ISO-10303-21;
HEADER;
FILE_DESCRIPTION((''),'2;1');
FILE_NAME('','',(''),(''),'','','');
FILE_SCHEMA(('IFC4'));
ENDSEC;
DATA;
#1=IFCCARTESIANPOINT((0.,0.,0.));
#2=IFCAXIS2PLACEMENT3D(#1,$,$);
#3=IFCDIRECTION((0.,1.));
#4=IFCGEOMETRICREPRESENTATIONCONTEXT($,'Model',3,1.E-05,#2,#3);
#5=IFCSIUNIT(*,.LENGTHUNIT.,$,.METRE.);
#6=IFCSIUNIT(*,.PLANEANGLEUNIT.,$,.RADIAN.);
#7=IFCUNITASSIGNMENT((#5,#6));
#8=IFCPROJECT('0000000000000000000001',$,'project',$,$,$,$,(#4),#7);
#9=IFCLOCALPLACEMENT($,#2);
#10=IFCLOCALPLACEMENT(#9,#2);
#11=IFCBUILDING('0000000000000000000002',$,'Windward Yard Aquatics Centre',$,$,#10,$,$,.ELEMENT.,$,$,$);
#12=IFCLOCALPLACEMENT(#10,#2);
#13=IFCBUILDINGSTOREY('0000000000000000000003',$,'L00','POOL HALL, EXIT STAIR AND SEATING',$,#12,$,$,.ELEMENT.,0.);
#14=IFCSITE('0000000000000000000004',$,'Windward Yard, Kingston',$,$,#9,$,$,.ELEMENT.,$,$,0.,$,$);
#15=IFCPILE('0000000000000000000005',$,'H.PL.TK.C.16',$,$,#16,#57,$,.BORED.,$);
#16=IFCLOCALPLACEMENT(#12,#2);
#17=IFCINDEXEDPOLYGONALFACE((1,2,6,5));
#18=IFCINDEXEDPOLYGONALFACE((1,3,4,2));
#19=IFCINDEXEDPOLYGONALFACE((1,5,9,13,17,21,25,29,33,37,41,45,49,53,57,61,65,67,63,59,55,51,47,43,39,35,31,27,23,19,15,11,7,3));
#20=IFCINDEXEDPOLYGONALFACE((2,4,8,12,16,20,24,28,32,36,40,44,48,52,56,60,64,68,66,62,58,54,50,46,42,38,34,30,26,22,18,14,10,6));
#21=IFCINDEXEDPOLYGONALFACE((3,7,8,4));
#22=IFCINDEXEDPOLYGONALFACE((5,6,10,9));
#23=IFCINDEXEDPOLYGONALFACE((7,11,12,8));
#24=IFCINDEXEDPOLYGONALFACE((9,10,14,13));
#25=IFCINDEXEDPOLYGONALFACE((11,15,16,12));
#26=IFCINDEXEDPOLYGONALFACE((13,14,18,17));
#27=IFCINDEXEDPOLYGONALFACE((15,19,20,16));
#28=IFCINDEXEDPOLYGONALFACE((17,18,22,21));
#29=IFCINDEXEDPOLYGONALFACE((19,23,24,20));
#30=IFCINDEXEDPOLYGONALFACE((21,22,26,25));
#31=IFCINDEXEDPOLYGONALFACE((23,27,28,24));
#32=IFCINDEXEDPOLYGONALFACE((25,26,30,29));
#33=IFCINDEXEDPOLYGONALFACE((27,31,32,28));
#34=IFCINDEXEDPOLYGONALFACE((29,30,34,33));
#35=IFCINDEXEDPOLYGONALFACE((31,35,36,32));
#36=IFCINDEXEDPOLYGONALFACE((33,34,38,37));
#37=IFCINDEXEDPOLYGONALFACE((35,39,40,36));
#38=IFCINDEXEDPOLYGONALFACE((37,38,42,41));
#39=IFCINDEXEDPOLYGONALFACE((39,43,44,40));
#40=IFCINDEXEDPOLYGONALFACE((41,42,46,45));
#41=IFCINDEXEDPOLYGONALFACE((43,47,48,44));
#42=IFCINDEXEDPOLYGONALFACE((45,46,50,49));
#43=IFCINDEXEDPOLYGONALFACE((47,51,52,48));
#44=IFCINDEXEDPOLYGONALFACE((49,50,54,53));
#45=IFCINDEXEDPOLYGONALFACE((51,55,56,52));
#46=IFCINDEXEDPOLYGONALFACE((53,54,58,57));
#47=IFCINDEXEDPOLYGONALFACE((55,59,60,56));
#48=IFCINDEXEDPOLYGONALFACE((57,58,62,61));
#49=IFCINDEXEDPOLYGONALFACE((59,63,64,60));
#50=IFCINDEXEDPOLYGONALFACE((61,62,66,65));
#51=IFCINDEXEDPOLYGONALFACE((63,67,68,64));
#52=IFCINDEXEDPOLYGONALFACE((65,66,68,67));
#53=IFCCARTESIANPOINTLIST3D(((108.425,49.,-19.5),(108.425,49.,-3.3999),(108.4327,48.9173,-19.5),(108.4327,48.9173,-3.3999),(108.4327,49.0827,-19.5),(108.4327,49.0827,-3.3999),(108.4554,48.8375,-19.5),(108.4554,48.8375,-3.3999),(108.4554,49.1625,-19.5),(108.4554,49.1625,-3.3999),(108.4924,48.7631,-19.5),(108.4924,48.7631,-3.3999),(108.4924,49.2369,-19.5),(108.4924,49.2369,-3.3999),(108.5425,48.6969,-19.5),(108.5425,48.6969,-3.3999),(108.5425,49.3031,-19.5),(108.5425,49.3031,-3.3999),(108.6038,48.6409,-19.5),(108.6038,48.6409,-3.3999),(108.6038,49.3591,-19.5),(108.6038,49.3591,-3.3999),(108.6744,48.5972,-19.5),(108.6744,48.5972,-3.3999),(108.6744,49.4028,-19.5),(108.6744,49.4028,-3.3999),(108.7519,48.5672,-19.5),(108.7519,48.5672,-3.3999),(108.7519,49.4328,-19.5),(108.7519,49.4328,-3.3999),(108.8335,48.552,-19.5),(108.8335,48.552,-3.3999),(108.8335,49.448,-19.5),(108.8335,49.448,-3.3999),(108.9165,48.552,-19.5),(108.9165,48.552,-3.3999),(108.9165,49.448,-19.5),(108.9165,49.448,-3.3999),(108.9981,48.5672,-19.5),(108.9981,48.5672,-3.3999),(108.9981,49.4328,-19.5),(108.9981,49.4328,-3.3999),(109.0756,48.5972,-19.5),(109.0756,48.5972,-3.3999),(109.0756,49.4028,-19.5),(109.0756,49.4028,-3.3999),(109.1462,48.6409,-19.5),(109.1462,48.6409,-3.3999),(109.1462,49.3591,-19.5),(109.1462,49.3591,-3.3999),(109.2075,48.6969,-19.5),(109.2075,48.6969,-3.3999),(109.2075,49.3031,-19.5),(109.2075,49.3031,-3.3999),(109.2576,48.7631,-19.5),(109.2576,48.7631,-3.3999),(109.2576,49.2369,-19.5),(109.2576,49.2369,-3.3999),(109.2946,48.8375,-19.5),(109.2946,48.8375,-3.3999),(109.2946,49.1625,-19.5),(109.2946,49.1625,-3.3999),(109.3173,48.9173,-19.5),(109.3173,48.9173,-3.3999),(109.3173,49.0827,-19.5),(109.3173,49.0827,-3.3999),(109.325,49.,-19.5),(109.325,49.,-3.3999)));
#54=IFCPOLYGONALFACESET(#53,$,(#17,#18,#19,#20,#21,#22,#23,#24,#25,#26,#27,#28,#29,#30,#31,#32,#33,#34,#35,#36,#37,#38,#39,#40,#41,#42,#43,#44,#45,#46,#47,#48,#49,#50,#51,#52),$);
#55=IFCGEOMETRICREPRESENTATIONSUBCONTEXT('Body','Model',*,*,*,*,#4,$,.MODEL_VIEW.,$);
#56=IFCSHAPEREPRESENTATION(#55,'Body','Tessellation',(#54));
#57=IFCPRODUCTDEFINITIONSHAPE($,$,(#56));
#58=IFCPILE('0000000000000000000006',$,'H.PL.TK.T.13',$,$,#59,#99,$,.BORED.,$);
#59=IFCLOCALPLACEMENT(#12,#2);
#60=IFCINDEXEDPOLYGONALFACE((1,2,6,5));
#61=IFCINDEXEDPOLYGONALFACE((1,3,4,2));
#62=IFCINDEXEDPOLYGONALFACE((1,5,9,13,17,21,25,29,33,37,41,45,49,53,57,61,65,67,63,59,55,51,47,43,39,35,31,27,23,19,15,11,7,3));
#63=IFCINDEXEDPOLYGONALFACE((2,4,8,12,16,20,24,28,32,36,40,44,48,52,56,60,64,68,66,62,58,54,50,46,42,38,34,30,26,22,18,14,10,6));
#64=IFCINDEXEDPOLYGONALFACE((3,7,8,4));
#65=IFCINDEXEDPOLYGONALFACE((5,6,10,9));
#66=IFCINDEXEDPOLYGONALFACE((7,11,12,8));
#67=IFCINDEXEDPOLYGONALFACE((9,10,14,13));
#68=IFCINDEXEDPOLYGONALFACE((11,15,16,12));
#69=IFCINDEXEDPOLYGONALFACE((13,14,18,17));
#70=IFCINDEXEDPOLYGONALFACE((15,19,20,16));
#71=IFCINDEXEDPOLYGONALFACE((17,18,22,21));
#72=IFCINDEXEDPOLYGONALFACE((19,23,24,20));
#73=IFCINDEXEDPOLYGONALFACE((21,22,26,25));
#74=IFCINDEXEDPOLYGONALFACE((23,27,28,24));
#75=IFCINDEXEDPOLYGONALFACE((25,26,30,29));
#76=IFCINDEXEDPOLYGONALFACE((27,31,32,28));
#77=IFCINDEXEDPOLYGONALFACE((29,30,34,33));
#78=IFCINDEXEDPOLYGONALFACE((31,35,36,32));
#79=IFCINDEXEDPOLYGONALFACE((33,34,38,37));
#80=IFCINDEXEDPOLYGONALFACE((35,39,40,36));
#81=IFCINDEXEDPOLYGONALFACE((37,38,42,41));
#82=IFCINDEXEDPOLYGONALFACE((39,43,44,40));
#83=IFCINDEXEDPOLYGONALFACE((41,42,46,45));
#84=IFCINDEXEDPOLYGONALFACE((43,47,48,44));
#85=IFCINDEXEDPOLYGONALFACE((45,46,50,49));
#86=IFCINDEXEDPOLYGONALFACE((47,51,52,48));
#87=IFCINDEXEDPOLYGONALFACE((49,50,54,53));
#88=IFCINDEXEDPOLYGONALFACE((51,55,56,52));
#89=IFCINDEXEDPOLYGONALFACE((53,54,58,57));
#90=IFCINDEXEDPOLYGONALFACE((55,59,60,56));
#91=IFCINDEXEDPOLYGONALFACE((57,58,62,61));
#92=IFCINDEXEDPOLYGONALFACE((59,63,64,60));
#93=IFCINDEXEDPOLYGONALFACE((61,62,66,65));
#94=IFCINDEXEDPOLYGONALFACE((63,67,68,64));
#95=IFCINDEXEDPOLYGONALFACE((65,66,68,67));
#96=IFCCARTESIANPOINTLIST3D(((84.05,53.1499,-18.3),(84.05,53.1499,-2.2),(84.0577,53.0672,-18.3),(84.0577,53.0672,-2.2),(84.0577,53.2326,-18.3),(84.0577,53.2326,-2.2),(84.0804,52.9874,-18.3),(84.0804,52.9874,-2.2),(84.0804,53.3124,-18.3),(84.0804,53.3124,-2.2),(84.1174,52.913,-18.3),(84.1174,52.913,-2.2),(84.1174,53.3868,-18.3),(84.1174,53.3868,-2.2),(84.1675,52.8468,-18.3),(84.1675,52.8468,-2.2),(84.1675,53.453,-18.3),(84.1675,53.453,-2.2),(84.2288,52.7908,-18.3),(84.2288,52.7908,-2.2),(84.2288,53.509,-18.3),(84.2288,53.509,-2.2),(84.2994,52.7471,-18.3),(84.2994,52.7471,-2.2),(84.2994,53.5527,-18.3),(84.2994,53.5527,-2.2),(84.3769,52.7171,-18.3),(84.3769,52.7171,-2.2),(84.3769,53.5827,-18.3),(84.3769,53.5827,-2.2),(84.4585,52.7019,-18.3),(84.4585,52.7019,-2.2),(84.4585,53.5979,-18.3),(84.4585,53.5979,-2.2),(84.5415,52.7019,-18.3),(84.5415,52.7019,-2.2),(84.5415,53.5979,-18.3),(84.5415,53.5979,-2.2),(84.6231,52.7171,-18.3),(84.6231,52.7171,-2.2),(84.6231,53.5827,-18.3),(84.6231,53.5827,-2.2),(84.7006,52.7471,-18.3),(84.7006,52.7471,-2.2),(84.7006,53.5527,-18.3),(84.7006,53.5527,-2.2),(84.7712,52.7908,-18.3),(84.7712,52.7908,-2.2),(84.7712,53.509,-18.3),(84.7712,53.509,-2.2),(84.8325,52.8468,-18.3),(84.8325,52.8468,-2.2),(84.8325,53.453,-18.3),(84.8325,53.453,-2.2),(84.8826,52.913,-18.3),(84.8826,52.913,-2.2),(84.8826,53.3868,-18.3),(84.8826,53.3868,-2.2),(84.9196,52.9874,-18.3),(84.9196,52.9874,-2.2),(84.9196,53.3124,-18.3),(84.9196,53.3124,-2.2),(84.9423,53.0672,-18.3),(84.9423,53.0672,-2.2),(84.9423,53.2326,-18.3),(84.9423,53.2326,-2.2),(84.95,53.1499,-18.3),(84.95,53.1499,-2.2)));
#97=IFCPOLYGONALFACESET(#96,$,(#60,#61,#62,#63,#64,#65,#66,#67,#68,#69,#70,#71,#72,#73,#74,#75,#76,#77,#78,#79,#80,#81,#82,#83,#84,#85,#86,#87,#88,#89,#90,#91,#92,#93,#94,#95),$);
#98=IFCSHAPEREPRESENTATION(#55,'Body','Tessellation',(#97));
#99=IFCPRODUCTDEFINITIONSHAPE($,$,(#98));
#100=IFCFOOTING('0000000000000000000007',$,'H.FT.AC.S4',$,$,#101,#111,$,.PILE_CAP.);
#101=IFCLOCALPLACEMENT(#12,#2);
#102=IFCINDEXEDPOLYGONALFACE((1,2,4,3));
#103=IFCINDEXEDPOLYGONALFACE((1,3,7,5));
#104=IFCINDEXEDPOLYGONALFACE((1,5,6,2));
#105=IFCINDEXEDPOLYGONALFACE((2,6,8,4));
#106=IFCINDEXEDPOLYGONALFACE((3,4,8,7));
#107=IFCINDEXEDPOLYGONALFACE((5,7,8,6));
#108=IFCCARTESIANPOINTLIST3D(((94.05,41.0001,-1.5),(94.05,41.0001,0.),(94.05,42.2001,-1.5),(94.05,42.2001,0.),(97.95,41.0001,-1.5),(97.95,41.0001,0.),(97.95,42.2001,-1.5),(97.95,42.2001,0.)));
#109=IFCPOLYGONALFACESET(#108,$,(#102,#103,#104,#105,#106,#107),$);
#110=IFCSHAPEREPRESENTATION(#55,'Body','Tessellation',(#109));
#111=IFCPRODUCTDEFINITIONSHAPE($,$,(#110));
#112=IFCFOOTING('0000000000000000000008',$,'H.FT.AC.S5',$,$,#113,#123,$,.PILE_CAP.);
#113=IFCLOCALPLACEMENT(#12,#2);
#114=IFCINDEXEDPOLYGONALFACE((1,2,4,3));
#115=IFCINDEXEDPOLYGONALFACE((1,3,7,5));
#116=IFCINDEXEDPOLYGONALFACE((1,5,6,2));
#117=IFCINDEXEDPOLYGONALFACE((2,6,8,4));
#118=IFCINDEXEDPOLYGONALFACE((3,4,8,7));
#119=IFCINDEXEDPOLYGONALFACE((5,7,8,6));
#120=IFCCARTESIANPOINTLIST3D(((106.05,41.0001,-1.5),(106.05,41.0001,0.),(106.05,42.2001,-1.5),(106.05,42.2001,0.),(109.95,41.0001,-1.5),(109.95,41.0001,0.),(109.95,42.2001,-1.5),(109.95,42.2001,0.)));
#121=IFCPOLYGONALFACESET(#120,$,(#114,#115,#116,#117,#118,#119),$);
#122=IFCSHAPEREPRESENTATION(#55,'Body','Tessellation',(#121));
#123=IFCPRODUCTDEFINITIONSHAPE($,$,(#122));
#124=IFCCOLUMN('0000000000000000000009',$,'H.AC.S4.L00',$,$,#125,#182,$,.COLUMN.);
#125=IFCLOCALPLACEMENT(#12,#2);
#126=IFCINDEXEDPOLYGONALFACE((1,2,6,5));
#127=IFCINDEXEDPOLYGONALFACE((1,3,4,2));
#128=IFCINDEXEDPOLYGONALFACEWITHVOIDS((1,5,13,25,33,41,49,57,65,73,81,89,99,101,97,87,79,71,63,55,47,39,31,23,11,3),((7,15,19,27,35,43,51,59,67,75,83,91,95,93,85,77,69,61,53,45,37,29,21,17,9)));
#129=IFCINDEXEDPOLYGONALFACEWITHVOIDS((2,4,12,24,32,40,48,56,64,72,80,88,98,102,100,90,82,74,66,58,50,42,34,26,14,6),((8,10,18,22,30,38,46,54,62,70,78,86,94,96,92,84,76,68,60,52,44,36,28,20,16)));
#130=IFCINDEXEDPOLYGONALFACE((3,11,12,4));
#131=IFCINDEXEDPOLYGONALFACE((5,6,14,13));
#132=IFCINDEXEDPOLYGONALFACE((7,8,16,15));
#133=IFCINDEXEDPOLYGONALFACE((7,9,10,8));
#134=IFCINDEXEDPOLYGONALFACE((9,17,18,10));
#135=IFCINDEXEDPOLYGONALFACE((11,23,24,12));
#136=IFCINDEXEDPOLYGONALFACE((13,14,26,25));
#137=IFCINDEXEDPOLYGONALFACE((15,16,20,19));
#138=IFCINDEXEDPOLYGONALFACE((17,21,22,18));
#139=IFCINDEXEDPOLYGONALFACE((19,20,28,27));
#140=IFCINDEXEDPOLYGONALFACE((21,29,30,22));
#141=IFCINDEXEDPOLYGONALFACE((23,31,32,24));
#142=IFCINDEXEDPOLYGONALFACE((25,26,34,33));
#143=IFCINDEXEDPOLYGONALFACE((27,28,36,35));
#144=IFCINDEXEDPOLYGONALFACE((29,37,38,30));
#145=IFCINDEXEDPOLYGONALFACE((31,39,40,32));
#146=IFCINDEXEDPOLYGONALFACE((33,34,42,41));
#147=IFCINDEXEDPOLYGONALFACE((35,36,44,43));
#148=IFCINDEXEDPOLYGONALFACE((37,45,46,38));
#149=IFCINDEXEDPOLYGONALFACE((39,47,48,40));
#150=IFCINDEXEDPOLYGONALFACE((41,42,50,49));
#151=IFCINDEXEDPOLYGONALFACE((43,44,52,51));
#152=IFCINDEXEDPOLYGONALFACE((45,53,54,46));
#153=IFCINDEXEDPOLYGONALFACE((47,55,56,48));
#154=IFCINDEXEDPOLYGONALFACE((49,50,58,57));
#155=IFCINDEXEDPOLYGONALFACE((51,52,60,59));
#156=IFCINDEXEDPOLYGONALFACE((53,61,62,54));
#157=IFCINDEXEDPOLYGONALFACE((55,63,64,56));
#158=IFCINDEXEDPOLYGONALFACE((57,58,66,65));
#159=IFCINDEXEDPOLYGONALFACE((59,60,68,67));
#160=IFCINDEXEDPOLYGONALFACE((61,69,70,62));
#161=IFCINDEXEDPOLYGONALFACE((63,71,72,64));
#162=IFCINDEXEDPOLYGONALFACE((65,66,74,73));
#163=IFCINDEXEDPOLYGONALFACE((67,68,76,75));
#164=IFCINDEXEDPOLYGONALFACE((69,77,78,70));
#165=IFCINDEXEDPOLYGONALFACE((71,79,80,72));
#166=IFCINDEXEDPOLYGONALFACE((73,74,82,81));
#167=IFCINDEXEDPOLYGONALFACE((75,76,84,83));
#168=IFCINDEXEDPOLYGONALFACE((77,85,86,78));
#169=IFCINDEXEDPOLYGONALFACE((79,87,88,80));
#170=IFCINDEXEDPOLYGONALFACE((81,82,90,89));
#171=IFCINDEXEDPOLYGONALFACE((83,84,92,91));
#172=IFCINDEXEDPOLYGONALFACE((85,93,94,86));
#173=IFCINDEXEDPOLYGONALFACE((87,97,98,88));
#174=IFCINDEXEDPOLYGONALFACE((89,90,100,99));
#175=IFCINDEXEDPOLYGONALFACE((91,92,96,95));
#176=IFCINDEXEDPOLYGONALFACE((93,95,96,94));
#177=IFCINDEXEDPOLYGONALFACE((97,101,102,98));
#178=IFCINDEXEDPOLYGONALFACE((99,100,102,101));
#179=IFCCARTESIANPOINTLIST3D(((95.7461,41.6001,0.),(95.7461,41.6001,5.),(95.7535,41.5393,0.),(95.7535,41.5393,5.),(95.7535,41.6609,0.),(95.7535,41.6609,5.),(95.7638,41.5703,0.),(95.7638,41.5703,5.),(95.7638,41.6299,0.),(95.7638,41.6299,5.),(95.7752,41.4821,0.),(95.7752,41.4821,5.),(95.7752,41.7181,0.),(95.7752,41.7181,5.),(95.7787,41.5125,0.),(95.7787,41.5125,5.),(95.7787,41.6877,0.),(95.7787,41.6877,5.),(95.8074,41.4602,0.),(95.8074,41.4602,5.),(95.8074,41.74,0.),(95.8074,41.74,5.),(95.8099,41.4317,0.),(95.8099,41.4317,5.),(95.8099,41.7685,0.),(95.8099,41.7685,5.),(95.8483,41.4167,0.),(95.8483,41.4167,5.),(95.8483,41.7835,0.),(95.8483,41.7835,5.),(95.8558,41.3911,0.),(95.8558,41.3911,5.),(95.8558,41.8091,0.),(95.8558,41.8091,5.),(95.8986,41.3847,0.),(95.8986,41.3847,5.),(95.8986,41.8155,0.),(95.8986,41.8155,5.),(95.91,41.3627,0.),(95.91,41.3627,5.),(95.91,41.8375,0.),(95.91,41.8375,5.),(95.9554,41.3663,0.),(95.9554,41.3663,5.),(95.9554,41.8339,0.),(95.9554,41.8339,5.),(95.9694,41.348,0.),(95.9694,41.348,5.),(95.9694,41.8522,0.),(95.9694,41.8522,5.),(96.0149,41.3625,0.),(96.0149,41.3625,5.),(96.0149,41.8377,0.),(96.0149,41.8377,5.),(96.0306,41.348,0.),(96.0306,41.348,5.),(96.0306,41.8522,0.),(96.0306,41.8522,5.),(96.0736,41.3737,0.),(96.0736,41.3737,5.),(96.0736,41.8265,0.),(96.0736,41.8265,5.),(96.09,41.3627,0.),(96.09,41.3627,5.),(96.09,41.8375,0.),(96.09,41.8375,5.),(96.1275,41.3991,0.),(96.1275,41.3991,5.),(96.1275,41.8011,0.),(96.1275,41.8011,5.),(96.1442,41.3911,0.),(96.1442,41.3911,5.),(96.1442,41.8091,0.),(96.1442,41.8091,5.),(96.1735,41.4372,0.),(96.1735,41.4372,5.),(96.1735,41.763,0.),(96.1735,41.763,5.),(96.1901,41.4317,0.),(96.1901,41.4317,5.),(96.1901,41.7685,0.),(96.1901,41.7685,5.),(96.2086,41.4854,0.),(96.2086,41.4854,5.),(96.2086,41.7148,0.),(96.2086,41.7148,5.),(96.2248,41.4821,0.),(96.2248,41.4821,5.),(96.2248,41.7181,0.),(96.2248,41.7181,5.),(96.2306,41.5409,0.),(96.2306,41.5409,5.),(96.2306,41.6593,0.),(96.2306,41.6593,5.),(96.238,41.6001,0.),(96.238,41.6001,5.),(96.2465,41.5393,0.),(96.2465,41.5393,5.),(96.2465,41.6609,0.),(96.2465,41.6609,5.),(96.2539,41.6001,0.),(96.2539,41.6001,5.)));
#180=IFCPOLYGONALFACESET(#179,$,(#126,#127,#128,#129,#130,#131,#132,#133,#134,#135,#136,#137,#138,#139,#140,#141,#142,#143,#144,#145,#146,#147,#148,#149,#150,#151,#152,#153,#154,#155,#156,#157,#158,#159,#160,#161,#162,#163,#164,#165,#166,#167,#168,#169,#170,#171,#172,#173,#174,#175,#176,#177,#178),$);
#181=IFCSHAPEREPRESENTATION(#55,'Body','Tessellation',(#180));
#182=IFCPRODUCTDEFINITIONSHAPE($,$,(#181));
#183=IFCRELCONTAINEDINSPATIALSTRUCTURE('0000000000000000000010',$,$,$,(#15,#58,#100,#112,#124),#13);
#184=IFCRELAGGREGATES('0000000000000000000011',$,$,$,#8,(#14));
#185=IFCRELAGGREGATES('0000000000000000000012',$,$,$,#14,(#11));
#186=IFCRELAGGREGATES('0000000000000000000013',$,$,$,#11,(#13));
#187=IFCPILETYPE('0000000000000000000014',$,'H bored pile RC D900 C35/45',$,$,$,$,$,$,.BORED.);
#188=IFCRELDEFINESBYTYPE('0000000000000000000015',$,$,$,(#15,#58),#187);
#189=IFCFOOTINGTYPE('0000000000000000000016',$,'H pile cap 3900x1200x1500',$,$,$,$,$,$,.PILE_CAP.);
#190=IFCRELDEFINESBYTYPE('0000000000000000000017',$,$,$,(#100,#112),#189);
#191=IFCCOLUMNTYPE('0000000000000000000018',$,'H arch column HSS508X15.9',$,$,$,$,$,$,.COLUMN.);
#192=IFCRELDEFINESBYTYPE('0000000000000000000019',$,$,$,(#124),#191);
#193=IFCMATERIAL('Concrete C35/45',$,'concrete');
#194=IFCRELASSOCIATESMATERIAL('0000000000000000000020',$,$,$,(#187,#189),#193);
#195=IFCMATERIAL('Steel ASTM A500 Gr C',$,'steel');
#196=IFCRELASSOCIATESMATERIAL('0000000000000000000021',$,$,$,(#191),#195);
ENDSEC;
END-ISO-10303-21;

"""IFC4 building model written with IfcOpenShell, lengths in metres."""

from ifc_helpers import new_model, si_unit, direction, frame, origin, origin_2d, place, context, subcontext, project, spatial, rectangle, circle, hollow_circle, extrude, material, material_profile, profile_set, type_object, element, save


model = new_model("IFC4")

# Units and contexts
model_context = context("Model", 3, precision=1e-05, world=origin(), true_north=direction((0.0, 1.0)))
body_context = subcontext(model_context, "Body", "Model", "MODEL_VIEW")
ifc_project = project(units=[si_unit("LENGTHUNIT", "METRE"), si_unit("PLANEANGLEUNIT", "RADIAN")], contexts=[model_context])

# Site, building, storey
site_placement = place(None, origin())
site = spatial("IfcSite", under=ifc_project, at=site_placement, Name="Windward Yard, Kingston", CompositionType="ELEMENT", RefElevation=0.0)
building_placement = place(site_placement, origin())
building = spatial("IfcBuilding", under=site, at=building_placement, Name="Windward Yard Aquatics Centre", CompositionType="ELEMENT")
storey_placement = place(building_placement, origin())
storey = spatial("IfcBuildingStorey", under=building, at=storey_placement, Name="L00", Description="POOL HALL, EXIT STAIR AND SEATING", CompositionType="ELEMENT", Elevation=0.0)

# Piles
ifc_material_1 = material(Name="Concrete C35/45", Category="concrete")
ifc_material_profile_1 = material_profile(ifc_material_1, circle(Radius=0.45, at=origin_2d()), Name="RC D900")
ifc_profile_set_1 = profile_set([ifc_material_profile_1], Name="Concrete C35/45")
pile_type = type_object("IfcPileType", Name="H bored pile RC D900 C35/45", PredefinedType="BORED", material=ifc_profile_set_1)
for number, where, z_axis, x_axis, name in (
    (1, (108.875, 49.0, -3.3999), (0.0, 0.0, -1.0), (1.0, 0.0, 0.0), "H.PL.TK.C.16"),
    (2, (84.5, 53.1499, -2.2), (0.0, 0.0, -1.0), (1.0, 0.0, 0.0), "H.PL.TK.T.13"),
):
    element("IfcPile", number, at=place(storey_placement, frame(where, z_axis=z_axis, x_axis=x_axis)), inside=storey, type_object=pile_type, Name=name, PredefinedType="BORED", context=body_context, shape_type="SweptSolid", body=[
        extrude(circle(Radius=0.45, at=origin_2d()), origin(), (0.0, 0.0, 1.0), 16.1001),
    ])

# Footings
footing_type = type_object("IfcFootingType", Name="H pile cap 3900x1200x1500", PredefinedType="PILE_CAP", material=ifc_material_1)
for number, where, z_axis, x_axis, name in (
    (3, (96.0, 41.6001, -1.5), (0.0, 0.0, 1.0), (1.0, 0.0, 0.0), "H.FT.AC.S4"),
    (4, (108.0, 41.6001, -1.5), (0.0, 0.0, 1.0), (1.0, 0.0, 0.0), "H.FT.AC.S5"),
):
    element("IfcFooting", number, at=place(storey_placement, frame(where, z_axis=z_axis, x_axis=x_axis)), inside=storey, type_object=footing_type, Name=name, PredefinedType="PILE_CAP", context=body_context, shape_type="SweptSolid", body=[
        extrude(rectangle(XDim=3.8999, YDim=1.2, at=origin_2d()), origin(), (0.0, 0.0, 1.0), 1.5),
    ])

# Column
ifc_material_2 = material(Name="Steel ASTM A500 Gr C", Category="steel")
ifc_material_profile_2 = material_profile(ifc_material_2, hollow_circle(Radius=0.2539, WallThickness=0.0159, at=origin_2d()), Name="HSS508X15.9")
ifc_profile_set_2 = profile_set([ifc_material_profile_2], Name="Steel ASTM A500 Gr C")
column_type = type_object("IfcColumnType", Name="H arch column HSS508X15.9", PredefinedType="COLUMN", material=ifc_profile_set_2)
for number, where, z_axis, x_axis, name in (
    (5, (96.0, 41.6001, 0.0), (0.0, 0.0, 1.0), (1.0, 0.0, 0.0), "H.AC.S4.L00"),
):
    element("IfcColumn", number, at=place(storey_placement, frame(where, z_axis=z_axis, x_axis=x_axis)), inside=storey, type_object=column_type, Name=name, PredefinedType="COLUMN", context=body_context, shape_type="SweptSolid", body=[
        extrude(hollow_circle(Radius=0.2539, WallThickness=0.0159, at=origin_2d()), origin(), (0.0, 0.0, 1.0), 5.0),
    ])

save(model, "model.ifc")
